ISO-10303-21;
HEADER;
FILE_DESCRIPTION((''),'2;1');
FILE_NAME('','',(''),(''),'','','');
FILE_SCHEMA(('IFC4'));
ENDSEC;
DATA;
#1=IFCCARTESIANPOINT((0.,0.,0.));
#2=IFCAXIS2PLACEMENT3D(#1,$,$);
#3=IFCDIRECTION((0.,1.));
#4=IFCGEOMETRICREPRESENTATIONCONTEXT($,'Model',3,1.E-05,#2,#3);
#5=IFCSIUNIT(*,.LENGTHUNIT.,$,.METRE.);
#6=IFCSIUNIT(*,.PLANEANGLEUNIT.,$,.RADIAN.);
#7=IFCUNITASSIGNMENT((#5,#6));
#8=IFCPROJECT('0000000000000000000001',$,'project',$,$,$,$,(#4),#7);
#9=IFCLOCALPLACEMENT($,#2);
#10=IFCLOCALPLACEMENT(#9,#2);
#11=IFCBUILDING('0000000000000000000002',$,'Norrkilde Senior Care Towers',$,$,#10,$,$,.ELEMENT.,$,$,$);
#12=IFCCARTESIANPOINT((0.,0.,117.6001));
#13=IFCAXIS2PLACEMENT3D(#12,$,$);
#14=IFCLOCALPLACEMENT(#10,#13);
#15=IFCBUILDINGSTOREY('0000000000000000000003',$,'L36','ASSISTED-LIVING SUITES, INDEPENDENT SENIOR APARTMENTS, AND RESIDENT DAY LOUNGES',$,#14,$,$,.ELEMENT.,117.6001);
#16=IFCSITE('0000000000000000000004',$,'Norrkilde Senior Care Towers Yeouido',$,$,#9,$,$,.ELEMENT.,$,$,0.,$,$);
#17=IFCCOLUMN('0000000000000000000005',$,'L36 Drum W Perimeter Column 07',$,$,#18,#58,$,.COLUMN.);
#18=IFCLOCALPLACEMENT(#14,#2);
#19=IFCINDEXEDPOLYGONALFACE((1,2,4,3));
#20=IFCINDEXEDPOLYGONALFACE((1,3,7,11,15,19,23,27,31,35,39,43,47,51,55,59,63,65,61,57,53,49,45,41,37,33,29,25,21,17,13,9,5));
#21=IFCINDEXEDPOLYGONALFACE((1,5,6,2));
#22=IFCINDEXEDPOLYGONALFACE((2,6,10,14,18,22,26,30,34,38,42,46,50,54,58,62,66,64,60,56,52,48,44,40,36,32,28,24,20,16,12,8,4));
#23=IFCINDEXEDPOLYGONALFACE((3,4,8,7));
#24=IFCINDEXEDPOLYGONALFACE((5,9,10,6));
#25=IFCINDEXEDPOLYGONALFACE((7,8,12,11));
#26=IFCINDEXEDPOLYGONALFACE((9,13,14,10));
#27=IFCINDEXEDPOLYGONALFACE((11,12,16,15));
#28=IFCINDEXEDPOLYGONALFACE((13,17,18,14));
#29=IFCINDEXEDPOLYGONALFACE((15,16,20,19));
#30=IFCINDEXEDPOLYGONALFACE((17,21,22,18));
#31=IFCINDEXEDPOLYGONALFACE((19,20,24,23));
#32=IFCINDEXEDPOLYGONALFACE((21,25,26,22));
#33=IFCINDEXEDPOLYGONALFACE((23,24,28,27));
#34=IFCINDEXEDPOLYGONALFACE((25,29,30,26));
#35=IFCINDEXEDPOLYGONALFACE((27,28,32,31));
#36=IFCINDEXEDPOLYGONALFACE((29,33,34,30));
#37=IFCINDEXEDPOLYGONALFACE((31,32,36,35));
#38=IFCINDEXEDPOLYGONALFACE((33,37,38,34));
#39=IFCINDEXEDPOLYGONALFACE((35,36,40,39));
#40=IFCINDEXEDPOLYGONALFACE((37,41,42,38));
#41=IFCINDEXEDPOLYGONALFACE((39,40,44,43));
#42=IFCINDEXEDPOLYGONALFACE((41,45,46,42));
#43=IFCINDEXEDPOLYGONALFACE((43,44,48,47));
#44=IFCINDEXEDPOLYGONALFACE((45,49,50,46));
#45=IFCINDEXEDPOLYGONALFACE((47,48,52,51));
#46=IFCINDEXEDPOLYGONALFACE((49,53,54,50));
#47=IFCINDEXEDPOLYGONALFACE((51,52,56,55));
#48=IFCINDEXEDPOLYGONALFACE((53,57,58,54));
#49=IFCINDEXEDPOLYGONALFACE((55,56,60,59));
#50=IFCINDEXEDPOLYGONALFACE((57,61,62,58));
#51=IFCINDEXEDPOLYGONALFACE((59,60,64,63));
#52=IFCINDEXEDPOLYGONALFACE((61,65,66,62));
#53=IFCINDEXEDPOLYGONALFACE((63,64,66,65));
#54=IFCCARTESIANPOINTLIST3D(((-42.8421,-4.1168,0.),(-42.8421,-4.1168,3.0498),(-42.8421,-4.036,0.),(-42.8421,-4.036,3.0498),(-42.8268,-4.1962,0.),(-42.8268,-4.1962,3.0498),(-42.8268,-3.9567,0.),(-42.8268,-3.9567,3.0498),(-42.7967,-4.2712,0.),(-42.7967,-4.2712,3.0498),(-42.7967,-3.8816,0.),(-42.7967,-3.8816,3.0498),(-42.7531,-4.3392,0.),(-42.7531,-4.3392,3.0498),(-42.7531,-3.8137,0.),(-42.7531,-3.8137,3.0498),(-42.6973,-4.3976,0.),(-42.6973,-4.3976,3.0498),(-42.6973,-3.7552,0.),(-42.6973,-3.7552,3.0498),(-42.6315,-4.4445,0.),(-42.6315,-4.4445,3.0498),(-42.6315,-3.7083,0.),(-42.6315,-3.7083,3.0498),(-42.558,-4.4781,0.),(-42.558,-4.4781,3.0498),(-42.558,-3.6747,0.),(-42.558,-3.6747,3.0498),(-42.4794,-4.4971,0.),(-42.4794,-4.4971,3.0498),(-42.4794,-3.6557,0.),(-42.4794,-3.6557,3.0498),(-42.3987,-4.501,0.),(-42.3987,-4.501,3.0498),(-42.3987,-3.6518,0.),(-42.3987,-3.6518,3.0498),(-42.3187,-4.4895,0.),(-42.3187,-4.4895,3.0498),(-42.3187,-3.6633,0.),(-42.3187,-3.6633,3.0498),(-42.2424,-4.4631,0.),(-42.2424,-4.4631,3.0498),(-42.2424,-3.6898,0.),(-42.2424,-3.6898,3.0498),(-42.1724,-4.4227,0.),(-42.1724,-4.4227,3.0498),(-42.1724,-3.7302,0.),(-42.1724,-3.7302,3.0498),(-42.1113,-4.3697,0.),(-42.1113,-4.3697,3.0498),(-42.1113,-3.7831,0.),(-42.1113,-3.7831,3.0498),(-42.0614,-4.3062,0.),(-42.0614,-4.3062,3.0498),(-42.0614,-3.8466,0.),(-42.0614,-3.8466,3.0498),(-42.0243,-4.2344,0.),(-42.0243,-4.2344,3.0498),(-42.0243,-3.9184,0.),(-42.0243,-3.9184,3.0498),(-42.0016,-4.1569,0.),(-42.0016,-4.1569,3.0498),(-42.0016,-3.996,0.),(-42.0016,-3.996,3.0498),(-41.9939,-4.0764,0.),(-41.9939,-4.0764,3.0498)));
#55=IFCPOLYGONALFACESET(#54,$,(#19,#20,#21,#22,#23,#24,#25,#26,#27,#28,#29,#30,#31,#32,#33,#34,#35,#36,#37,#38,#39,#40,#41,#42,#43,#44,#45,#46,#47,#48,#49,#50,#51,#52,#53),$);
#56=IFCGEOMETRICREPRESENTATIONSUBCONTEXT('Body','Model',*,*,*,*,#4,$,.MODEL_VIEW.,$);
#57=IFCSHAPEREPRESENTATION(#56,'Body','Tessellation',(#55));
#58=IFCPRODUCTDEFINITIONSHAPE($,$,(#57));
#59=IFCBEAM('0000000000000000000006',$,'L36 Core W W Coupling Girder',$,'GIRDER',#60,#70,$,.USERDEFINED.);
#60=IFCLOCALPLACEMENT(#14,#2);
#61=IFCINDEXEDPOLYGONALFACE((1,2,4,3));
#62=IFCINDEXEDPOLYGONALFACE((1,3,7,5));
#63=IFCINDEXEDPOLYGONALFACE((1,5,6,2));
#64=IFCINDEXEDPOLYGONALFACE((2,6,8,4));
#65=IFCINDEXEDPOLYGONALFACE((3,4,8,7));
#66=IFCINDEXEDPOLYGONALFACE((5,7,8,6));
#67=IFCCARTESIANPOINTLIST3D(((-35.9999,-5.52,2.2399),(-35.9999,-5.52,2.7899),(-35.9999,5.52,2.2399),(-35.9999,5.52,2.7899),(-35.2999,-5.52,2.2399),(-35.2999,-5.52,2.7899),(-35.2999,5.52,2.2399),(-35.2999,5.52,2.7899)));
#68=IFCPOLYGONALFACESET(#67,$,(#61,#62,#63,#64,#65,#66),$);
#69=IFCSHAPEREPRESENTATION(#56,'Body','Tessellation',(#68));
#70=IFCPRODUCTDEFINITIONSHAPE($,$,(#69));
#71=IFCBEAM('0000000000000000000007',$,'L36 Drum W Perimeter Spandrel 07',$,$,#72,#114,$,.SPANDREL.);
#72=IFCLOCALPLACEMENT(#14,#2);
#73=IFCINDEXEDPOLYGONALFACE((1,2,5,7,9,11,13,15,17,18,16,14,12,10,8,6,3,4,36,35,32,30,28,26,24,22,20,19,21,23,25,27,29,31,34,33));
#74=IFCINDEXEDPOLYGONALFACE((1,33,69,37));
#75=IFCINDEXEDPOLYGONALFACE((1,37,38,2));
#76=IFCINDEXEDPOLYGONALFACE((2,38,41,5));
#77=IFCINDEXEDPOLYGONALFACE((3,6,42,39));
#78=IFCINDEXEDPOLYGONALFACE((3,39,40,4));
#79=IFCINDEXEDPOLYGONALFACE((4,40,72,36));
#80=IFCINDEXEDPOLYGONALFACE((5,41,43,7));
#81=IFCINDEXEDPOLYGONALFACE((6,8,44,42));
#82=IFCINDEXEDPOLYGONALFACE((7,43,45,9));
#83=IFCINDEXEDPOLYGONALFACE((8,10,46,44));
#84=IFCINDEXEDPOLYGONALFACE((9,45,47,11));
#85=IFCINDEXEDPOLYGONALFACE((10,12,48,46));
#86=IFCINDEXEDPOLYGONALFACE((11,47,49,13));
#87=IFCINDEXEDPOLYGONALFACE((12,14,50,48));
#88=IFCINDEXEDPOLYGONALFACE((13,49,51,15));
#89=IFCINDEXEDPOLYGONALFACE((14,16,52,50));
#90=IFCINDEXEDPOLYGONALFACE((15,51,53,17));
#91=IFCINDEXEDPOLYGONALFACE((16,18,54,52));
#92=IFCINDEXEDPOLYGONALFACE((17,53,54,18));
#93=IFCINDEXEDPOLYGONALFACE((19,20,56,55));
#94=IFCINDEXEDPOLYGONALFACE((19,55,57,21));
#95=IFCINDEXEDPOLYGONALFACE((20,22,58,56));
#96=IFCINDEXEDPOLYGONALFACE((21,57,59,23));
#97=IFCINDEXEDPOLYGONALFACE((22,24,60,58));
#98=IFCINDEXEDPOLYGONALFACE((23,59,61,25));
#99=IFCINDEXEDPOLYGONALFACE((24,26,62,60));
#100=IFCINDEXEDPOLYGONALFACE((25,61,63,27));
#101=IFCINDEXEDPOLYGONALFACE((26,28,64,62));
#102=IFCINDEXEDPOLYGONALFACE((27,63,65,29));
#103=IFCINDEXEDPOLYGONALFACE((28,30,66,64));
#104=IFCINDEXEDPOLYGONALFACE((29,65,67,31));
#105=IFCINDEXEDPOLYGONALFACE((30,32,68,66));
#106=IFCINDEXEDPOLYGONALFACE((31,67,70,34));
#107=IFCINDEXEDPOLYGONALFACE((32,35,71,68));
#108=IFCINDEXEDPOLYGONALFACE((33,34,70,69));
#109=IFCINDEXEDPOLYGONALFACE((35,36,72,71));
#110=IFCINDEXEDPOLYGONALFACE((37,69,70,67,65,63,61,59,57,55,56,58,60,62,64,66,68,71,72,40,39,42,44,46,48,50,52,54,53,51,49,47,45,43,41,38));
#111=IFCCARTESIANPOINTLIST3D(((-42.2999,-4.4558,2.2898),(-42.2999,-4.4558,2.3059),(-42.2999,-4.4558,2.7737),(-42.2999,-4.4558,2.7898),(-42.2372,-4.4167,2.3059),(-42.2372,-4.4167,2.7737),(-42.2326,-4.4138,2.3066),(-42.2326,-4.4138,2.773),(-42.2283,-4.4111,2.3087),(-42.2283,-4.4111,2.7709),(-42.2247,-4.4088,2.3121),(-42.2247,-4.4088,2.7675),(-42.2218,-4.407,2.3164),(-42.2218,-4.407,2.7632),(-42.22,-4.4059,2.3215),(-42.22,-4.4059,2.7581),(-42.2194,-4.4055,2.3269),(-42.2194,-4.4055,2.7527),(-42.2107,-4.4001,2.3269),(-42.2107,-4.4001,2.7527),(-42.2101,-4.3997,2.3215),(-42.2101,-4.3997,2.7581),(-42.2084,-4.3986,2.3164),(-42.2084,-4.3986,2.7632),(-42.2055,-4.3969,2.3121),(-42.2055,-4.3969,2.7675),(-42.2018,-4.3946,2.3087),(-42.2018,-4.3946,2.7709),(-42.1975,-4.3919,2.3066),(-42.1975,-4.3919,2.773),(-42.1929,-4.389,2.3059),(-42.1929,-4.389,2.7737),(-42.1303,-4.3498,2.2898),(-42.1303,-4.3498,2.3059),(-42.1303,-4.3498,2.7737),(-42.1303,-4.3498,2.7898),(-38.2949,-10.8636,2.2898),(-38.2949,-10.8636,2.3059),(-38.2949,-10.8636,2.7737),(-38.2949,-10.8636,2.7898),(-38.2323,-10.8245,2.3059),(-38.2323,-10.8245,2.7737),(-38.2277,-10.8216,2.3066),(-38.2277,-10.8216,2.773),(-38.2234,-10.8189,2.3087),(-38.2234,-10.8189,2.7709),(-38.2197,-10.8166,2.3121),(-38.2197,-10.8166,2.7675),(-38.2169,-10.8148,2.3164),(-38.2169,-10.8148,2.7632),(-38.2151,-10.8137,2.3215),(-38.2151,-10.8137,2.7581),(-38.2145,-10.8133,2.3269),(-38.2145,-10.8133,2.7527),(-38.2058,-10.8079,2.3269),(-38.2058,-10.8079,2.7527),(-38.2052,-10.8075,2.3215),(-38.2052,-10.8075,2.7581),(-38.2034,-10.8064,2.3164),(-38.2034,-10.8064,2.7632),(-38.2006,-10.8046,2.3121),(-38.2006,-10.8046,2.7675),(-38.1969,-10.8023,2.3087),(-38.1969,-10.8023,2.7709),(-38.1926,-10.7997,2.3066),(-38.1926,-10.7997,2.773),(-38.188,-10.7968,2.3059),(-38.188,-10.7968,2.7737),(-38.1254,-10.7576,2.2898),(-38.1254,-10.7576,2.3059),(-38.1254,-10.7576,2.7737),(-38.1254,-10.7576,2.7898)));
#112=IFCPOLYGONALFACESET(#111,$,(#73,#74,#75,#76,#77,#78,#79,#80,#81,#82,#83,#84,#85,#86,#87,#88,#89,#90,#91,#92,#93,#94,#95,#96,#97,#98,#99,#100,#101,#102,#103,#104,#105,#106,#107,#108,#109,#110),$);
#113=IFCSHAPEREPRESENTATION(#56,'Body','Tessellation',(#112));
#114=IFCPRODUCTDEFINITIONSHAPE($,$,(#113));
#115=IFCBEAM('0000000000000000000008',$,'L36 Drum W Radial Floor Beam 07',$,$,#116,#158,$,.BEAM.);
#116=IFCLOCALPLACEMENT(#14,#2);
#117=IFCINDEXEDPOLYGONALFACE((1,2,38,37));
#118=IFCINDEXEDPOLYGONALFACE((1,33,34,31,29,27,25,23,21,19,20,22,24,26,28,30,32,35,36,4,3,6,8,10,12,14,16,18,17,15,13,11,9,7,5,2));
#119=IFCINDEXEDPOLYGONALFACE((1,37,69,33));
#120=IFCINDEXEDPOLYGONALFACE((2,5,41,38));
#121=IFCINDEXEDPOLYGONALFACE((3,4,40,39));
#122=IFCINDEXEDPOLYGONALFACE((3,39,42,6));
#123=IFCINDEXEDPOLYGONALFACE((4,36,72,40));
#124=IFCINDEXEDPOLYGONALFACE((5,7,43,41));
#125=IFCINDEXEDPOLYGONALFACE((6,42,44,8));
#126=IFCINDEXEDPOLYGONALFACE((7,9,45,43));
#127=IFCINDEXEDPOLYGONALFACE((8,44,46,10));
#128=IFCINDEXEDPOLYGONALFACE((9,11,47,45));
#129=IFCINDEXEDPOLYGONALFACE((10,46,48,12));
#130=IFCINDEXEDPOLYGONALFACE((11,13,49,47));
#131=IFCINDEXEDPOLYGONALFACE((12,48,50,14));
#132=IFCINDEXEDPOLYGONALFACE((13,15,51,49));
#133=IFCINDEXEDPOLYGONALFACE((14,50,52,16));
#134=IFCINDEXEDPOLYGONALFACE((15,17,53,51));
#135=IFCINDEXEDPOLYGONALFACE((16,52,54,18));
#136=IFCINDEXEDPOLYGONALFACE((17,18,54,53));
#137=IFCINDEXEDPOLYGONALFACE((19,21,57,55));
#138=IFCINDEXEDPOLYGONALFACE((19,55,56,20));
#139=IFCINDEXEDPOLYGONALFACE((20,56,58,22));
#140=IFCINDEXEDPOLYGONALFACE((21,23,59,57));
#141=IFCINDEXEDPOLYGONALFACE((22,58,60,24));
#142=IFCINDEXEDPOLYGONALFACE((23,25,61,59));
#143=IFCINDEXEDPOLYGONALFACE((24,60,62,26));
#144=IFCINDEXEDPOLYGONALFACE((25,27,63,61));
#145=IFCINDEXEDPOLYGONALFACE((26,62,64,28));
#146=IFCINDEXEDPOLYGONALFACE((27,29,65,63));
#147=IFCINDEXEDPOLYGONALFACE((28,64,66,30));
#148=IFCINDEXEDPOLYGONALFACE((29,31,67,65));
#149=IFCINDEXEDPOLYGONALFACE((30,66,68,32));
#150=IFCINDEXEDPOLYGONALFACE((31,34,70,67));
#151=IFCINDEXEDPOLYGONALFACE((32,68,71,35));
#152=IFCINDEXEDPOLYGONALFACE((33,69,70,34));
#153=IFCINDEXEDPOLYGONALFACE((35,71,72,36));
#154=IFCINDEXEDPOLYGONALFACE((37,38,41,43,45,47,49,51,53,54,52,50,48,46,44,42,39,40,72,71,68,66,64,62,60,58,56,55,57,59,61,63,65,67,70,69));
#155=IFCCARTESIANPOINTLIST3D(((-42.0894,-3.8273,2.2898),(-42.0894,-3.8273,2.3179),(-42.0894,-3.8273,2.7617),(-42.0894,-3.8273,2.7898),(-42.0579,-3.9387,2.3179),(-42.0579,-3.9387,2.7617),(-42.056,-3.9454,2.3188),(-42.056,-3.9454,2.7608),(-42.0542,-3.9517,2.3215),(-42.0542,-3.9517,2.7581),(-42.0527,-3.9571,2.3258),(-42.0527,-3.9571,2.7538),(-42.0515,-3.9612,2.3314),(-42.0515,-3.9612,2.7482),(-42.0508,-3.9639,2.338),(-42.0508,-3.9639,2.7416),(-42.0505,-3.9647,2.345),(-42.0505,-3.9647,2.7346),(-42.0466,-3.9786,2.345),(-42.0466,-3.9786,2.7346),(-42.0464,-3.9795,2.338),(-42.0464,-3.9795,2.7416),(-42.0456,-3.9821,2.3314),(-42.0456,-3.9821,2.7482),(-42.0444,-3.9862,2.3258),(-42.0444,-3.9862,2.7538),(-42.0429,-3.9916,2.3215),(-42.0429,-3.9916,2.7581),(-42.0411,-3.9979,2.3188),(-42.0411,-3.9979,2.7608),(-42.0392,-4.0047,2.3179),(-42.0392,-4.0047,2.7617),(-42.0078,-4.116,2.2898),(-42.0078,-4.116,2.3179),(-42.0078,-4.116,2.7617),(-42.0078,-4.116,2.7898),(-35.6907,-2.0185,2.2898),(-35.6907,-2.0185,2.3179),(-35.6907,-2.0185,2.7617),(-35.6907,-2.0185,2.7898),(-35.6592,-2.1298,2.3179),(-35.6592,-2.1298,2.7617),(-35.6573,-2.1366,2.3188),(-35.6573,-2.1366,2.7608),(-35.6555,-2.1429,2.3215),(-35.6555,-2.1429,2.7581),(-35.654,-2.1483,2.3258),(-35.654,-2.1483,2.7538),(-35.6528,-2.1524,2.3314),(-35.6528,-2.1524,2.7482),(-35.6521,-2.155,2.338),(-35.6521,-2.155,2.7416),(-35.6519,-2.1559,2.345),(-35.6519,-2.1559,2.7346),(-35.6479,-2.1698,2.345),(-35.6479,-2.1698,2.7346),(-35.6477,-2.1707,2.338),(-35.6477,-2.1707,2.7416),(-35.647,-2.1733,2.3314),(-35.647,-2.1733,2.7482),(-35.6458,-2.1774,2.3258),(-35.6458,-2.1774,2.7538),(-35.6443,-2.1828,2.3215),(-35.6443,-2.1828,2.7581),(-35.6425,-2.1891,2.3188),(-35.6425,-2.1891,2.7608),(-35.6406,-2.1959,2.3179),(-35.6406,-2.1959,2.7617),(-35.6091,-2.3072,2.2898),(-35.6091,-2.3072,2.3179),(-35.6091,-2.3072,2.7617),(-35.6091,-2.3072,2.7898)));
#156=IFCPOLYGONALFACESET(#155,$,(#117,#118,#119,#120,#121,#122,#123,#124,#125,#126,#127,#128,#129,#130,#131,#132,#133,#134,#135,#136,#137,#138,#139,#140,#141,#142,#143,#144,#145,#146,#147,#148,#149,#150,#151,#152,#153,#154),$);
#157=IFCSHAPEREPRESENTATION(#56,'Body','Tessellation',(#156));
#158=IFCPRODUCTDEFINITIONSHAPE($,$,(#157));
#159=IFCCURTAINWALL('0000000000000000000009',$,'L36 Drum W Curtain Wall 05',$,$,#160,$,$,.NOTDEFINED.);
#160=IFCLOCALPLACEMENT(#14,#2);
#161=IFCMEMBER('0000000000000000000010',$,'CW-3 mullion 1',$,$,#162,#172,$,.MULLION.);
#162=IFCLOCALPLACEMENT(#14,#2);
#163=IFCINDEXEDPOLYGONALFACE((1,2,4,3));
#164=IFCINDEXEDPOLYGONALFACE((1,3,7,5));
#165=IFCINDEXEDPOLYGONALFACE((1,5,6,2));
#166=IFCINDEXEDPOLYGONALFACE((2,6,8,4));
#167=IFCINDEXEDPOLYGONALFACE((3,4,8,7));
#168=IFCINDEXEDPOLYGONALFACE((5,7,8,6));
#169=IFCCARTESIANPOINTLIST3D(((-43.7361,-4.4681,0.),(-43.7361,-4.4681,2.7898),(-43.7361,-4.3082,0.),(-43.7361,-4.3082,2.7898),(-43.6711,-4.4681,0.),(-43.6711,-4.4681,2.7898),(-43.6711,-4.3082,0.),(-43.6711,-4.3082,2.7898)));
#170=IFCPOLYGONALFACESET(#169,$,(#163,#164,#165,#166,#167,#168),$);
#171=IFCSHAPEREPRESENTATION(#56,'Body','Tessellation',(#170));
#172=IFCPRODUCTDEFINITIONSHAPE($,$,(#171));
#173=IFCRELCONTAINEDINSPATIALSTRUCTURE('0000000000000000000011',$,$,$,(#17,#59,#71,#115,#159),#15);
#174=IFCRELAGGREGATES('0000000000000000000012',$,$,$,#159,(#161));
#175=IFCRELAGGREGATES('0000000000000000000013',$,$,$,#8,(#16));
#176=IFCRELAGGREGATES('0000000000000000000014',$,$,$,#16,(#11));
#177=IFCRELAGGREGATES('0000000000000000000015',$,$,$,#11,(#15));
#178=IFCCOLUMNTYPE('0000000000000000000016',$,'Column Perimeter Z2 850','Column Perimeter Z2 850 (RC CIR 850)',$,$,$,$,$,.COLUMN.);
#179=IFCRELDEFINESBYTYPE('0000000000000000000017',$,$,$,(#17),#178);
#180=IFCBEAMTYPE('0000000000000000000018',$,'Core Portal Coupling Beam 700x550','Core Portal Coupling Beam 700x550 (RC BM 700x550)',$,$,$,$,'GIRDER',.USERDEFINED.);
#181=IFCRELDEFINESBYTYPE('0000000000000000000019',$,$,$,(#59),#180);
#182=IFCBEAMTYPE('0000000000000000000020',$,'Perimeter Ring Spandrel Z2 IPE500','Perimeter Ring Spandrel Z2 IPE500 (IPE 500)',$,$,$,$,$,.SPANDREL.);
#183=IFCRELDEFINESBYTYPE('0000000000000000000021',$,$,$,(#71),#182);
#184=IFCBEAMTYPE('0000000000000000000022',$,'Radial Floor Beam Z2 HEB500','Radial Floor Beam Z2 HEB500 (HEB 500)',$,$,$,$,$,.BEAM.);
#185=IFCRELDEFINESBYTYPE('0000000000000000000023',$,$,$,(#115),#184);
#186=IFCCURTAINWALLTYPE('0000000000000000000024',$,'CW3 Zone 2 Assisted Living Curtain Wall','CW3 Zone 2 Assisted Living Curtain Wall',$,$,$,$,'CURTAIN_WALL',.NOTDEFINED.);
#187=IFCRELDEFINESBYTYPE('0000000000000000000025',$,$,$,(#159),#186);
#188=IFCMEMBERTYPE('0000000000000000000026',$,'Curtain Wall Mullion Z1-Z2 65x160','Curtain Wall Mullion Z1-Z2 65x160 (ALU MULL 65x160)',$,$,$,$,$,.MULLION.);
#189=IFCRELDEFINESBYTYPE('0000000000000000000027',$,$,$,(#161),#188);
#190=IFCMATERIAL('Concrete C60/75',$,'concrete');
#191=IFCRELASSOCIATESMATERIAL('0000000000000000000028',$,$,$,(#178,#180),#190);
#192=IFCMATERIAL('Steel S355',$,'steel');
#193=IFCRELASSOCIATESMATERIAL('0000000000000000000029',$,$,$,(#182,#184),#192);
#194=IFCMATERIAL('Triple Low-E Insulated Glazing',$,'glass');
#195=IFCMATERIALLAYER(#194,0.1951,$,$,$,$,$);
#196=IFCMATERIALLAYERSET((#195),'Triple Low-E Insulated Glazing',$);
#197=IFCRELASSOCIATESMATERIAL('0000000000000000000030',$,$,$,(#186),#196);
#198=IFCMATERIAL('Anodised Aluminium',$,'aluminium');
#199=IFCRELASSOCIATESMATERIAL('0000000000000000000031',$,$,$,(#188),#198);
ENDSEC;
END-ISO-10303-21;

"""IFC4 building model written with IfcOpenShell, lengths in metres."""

from ifc_helpers import new_model, si_unit, direction, frame, origin, origin_2d, place, context, subcontext, project, spatial, rectangle, circle, i_section, extrude, source, transform, mapped, material, layer, layer_set, material_profile, profile_set, type_object, type_shapes, element, aggregate, save


model = new_model("IFC4")

# Units and contexts
model_context = context("Model", 3, precision=1e-05, world=origin(), true_north=direction((0.0, 1.0)))
body_context = subcontext(model_context, "Body", "Model", "MODEL_VIEW")
ifc_project = project(units=[si_unit("LENGTHUNIT", "METRE"), si_unit("PLANEANGLEUNIT", "RADIAN")], contexts=[model_context])

# Site, building, storey
site_placement = place(None, origin())
site = spatial("IfcSite", under=ifc_project, at=site_placement, Name="Norrkilde Senior Care Towers Yeouido", CompositionType="ELEMENT", RefElevation=0.0)
building_placement = place(site_placement, origin())
building = spatial("IfcBuilding", under=site, at=building_placement, Name="Norrkilde Senior Care Towers", CompositionType="ELEMENT")
storey_placement = place(building_placement, frame((0.0, 0.0, 117.6001)))
storey = spatial("IfcBuildingStorey", under=building, at=storey_placement, Name="L36", Description="ASSISTED-LIVING SUITES, INDEPENDENT SENIOR APARTMENTS, AND RESIDENT DAY LOUNGES", CompositionType="ELEMENT", Elevation=117.6001)

# Column
ifc_material_1 = material(Name="Concrete C60/75", Category="concrete")
ifc_material_profile_1 = material_profile(ifc_material_1, circle(Radius=0.425, at=origin_2d()), Name="RC CIR 850")
ifc_profile_set_1 = profile_set([ifc_material_profile_1], Name="Concrete C60/75")
column_type = type_object("IfcColumnType", Name="Column Perimeter Z2 850", Description="Column Perimeter Z2 850 (RC CIR 850)", PredefinedType="COLUMN", material=ifc_profile_set_1)
shared_shape_1 = source(origin(), body_context, "Body", "SweptSolid", [
    extrude(circle(Radius=0.425, at=origin_2d()), origin(), (0.0, 0.0, 1.0), 3.0498),
])
type_shapes(column_type, [shared_shape_1])
column_placement = place(storey_placement, frame((-42.4189, -4.0764, 0.0), z_axis=(0.0, 0.0, 1.0), x_axis=(1.0, 0.0, 0.0)))
element("IfcColumn", 1, at=column_placement, inside=storey, type_object=column_type, Name="L36 Drum W Perimeter Column 07", PredefinedType="COLUMN", context=body_context, shape_type="MappedRepresentation", body=[
    mapped(shared_shape_1, transform((0.0, 0.0, 0.0), x_axis=(1.0, 0.0, 0.0), y_axis=(0.0, 1.0, 0.0), z_axis=(0.0, 0.0, 1.0), scale=1.0)),
])

# Beams
ifc_material_profile_2 = material_profile(ifc_material_1, rectangle(XDim=0.7, YDim=0.55, at=origin_2d()), Name="RC BM 700x550")
ifc_profile_set_2 = profile_set([ifc_material_profile_2], Name="Concrete C60/75")
beam_type_1 = type_object("IfcBeamType", Name="Core Portal Coupling Beam 700x550", Description="Core Portal Coupling Beam 700x550 (RC BM 700x550)", ElementType="GIRDER", PredefinedType="USERDEFINED", material=ifc_profile_set_2)
shared_shape_2 = source(origin(), body_context, "Body", "SweptSolid", [
    extrude(rectangle(XDim=0.7, YDim=0.55, at=origin_2d()), origin(), (0.0, 0.0, 1.0), 11.04),
])
type_shapes(beam_type_1, [shared_shape_2])
beam_1_placement = place(storey_placement, frame((-35.6499, -5.52, 2.5149), z_axis=(0.0, 1.0, 0.0), x_axis=(-1.0, 0.0, 0.0)))
element("IfcBeam", 2, at=beam_1_placement, inside=storey, type_object=beam_type_1, Name="L36 Core W W Coupling Girder", ObjectType="GIRDER", PredefinedType="USERDEFINED", context=body_context, shape_type="MappedRepresentation", body=[
    mapped(shared_shape_2, transform((0.0, 0.0, 0.0), x_axis=(1.0, 0.0, 0.0), y_axis=(0.0, 1.0, 0.0), z_axis=(0.0, 0.0, 1.0), scale=1.0)),
])
ifc_material_2 = material(Name="Steel S355", Category="steel")
ifc_material_profile_3 = material_profile(ifc_material_2, i_section(OverallWidth=0.2, OverallDepth=0.5, WebThickness=0.0103, FlangeThickness=0.0161, FilletRadius=0.021, at=origin_2d()), Name="IPE 500")
ifc_profile_set_3 = profile_set([ifc_material_profile_3], Name="Steel S355")
beam_type_2 = type_object("IfcBeamType", Name="Perimeter Ring Spandrel Z2 IPE500", Description="Perimeter Ring Spandrel Z2 IPE500 (IPE 500)", PredefinedType="SPANDREL", material=ifc_profile_set_3)
shared_shape_3 = source(origin(), body_context, "Body", "SweptSolid", [
    extrude(i_section(OverallWidth=0.2, OverallDepth=0.5, WebThickness=0.0103, FlangeThickness=0.0161, FilletRadius=0.021, at=origin_2d()), origin(), (0.0, 0.0, 1.0), 7.5564),
])
type_shapes(beam_type_2, [shared_shape_3])
beam_2_placement = place(storey_placement, frame((-42.2151, -4.4028, 2.5398), z_axis=(0.530005, -0.847995, 0.0), x_axis=(0.847995, 0.530005, 0.0)))
element("IfcBeam", 3, at=beam_2_placement, inside=storey, type_object=beam_type_2, Name="L36 Drum W Perimeter Spandrel 07", PredefinedType="SPANDREL", context=body_context, shape_type="MappedRepresentation", body=[
    mapped(shared_shape_3, transform((0.0, 0.0, 0.0), x_axis=(1.0, 0.0, 0.0), y_axis=(0.0, 1.0, 0.0), z_axis=(0.0, 0.0, 1.0), scale=1.0)),
])
ifc_material_profile_4 = material_profile(ifc_material_2, i_section(OverallWidth=0.3, OverallDepth=0.5, WebThickness=0.0144, FlangeThickness=0.0281, FilletRadius=0.0271, at=origin_2d()), Name="HEB 500")
ifc_profile_set_4 = profile_set([ifc_material_profile_4], Name="Steel S355")
beam_type_3 = type_object("IfcBeamType", Name="Radial Floor Beam Z2 HEB500", Description="Radial Floor Beam Z2 HEB500 (HEB 500)", PredefinedType="BEAM", material=ifc_profile_set_4)
shared_shape_4 = source(origin(), body_context, "Body", "SweptSolid", [
    extrude(i_section(OverallWidth=0.3, OverallDepth=0.5, WebThickness=0.0144, FlangeThickness=0.0281, FilletRadius=0.0271, at=origin_2d()), origin(), (0.0, 0.0, 1.0), 6.6494),
])
type_shapes(beam_type_3, [shared_shape_4])
beam_3_placement = place(storey_placement, frame((-35.6499, -2.1628, 2.5398), z_axis=(-0.962289, -0.272029, 0.0), x_axis=(0.272029, -0.962289, 0.0)))
element("IfcBeam", 4, at=beam_3_placement, inside=storey, type_object=beam_type_3, Name="L36 Drum W Radial Floor Beam 07", PredefinedType="BEAM", context=body_context, shape_type="MappedRepresentation", body=[
    mapped(shared_shape_4, transform((0.0, 0.0, 0.0), x_axis=(1.0, 0.0, 0.0), y_axis=(0.0, 1.0, 0.0), z_axis=(0.0, 0.0, 1.0), scale=1.0)),
])

# Curtain wall, member
ifc_material_3 = material(Name="Triple Low-E Insulated Glazing", Category="glass")
ifc_layer_1 = layer(ifc_material_3, 0.1951)
ifc_layer_set_1 = layer_set([ifc_layer_1], Name="Triple Low-E Insulated Glazing")
curtain_wall_type = type_object("IfcCurtainWallType", Name="CW3 Zone 2 Assisted Living Curtain Wall", Description="CW3 Zone 2 Assisted Living Curtain Wall", ElementType="CURTAIN_WALL", PredefinedType="NOTDEFINED", material=ifc_layer_set_1)
curtain_wall_1_placement = place(storey_placement, origin())
curtain_wall_1 = element("IfcCurtainWall", 5, at=curtain_wall_1_placement, inside=storey, type_object=curtain_wall_type, Name="L36 Drum W Curtain Wall 05", PredefinedType="NOTDEFINED")
ifc_material_4 = material(Name="Anodised Aluminium", Category="aluminium")
ifc_material_profile_5 = material_profile(ifc_material_4, rectangle(XDim=0.0649, YDim=0.1599, at=origin_2d()), Name="ALU MULL 65x160")
ifc_profile_set_5 = profile_set([ifc_material_profile_5], Name="Anodised Aluminium")
member_type_1 = type_object("IfcMemberType", Name="Curtain Wall Mullion Z1-Z2 65x160", Description="Curtain Wall Mullion Z1-Z2 65x160 (ALU MULL 65x160)", PredefinedType="MULLION", material=ifc_profile_set_5)
shared_shape_5 = source(origin(), body_context, "Body", "SweptSolid", [
    extrude(rectangle(XDim=0.0649, YDim=0.1599, at=origin_2d()), origin(), (0.0, 0.0, 1.0), 2.7898),
])
type_shapes(member_type_1, [shared_shape_5])
member_1_placement = place(storey_placement, frame((-43.7036, -4.3882, 0.0), z_axis=(0.0, 0.0, 1.0), x_axis=(-1.0, 0.0, 0.0)))
member_1 = element("IfcMember", 6, at=member_1_placement, type_object=member_type_1, Name="CW-3 mullion 1", PredefinedType="MULLION", context=body_context, shape_type="MappedRepresentation", body=[
    mapped(shared_shape_5, transform((0.0, 0.0, 0.0), x_axis=(1.0, 0.0, 0.0), y_axis=(0.0, 1.0, 0.0), z_axis=(0.0, 0.0, 1.0), scale=1.0)),
])

aggregate(curtain_wall_1, [member_1])

save(model, "model.ifc")
